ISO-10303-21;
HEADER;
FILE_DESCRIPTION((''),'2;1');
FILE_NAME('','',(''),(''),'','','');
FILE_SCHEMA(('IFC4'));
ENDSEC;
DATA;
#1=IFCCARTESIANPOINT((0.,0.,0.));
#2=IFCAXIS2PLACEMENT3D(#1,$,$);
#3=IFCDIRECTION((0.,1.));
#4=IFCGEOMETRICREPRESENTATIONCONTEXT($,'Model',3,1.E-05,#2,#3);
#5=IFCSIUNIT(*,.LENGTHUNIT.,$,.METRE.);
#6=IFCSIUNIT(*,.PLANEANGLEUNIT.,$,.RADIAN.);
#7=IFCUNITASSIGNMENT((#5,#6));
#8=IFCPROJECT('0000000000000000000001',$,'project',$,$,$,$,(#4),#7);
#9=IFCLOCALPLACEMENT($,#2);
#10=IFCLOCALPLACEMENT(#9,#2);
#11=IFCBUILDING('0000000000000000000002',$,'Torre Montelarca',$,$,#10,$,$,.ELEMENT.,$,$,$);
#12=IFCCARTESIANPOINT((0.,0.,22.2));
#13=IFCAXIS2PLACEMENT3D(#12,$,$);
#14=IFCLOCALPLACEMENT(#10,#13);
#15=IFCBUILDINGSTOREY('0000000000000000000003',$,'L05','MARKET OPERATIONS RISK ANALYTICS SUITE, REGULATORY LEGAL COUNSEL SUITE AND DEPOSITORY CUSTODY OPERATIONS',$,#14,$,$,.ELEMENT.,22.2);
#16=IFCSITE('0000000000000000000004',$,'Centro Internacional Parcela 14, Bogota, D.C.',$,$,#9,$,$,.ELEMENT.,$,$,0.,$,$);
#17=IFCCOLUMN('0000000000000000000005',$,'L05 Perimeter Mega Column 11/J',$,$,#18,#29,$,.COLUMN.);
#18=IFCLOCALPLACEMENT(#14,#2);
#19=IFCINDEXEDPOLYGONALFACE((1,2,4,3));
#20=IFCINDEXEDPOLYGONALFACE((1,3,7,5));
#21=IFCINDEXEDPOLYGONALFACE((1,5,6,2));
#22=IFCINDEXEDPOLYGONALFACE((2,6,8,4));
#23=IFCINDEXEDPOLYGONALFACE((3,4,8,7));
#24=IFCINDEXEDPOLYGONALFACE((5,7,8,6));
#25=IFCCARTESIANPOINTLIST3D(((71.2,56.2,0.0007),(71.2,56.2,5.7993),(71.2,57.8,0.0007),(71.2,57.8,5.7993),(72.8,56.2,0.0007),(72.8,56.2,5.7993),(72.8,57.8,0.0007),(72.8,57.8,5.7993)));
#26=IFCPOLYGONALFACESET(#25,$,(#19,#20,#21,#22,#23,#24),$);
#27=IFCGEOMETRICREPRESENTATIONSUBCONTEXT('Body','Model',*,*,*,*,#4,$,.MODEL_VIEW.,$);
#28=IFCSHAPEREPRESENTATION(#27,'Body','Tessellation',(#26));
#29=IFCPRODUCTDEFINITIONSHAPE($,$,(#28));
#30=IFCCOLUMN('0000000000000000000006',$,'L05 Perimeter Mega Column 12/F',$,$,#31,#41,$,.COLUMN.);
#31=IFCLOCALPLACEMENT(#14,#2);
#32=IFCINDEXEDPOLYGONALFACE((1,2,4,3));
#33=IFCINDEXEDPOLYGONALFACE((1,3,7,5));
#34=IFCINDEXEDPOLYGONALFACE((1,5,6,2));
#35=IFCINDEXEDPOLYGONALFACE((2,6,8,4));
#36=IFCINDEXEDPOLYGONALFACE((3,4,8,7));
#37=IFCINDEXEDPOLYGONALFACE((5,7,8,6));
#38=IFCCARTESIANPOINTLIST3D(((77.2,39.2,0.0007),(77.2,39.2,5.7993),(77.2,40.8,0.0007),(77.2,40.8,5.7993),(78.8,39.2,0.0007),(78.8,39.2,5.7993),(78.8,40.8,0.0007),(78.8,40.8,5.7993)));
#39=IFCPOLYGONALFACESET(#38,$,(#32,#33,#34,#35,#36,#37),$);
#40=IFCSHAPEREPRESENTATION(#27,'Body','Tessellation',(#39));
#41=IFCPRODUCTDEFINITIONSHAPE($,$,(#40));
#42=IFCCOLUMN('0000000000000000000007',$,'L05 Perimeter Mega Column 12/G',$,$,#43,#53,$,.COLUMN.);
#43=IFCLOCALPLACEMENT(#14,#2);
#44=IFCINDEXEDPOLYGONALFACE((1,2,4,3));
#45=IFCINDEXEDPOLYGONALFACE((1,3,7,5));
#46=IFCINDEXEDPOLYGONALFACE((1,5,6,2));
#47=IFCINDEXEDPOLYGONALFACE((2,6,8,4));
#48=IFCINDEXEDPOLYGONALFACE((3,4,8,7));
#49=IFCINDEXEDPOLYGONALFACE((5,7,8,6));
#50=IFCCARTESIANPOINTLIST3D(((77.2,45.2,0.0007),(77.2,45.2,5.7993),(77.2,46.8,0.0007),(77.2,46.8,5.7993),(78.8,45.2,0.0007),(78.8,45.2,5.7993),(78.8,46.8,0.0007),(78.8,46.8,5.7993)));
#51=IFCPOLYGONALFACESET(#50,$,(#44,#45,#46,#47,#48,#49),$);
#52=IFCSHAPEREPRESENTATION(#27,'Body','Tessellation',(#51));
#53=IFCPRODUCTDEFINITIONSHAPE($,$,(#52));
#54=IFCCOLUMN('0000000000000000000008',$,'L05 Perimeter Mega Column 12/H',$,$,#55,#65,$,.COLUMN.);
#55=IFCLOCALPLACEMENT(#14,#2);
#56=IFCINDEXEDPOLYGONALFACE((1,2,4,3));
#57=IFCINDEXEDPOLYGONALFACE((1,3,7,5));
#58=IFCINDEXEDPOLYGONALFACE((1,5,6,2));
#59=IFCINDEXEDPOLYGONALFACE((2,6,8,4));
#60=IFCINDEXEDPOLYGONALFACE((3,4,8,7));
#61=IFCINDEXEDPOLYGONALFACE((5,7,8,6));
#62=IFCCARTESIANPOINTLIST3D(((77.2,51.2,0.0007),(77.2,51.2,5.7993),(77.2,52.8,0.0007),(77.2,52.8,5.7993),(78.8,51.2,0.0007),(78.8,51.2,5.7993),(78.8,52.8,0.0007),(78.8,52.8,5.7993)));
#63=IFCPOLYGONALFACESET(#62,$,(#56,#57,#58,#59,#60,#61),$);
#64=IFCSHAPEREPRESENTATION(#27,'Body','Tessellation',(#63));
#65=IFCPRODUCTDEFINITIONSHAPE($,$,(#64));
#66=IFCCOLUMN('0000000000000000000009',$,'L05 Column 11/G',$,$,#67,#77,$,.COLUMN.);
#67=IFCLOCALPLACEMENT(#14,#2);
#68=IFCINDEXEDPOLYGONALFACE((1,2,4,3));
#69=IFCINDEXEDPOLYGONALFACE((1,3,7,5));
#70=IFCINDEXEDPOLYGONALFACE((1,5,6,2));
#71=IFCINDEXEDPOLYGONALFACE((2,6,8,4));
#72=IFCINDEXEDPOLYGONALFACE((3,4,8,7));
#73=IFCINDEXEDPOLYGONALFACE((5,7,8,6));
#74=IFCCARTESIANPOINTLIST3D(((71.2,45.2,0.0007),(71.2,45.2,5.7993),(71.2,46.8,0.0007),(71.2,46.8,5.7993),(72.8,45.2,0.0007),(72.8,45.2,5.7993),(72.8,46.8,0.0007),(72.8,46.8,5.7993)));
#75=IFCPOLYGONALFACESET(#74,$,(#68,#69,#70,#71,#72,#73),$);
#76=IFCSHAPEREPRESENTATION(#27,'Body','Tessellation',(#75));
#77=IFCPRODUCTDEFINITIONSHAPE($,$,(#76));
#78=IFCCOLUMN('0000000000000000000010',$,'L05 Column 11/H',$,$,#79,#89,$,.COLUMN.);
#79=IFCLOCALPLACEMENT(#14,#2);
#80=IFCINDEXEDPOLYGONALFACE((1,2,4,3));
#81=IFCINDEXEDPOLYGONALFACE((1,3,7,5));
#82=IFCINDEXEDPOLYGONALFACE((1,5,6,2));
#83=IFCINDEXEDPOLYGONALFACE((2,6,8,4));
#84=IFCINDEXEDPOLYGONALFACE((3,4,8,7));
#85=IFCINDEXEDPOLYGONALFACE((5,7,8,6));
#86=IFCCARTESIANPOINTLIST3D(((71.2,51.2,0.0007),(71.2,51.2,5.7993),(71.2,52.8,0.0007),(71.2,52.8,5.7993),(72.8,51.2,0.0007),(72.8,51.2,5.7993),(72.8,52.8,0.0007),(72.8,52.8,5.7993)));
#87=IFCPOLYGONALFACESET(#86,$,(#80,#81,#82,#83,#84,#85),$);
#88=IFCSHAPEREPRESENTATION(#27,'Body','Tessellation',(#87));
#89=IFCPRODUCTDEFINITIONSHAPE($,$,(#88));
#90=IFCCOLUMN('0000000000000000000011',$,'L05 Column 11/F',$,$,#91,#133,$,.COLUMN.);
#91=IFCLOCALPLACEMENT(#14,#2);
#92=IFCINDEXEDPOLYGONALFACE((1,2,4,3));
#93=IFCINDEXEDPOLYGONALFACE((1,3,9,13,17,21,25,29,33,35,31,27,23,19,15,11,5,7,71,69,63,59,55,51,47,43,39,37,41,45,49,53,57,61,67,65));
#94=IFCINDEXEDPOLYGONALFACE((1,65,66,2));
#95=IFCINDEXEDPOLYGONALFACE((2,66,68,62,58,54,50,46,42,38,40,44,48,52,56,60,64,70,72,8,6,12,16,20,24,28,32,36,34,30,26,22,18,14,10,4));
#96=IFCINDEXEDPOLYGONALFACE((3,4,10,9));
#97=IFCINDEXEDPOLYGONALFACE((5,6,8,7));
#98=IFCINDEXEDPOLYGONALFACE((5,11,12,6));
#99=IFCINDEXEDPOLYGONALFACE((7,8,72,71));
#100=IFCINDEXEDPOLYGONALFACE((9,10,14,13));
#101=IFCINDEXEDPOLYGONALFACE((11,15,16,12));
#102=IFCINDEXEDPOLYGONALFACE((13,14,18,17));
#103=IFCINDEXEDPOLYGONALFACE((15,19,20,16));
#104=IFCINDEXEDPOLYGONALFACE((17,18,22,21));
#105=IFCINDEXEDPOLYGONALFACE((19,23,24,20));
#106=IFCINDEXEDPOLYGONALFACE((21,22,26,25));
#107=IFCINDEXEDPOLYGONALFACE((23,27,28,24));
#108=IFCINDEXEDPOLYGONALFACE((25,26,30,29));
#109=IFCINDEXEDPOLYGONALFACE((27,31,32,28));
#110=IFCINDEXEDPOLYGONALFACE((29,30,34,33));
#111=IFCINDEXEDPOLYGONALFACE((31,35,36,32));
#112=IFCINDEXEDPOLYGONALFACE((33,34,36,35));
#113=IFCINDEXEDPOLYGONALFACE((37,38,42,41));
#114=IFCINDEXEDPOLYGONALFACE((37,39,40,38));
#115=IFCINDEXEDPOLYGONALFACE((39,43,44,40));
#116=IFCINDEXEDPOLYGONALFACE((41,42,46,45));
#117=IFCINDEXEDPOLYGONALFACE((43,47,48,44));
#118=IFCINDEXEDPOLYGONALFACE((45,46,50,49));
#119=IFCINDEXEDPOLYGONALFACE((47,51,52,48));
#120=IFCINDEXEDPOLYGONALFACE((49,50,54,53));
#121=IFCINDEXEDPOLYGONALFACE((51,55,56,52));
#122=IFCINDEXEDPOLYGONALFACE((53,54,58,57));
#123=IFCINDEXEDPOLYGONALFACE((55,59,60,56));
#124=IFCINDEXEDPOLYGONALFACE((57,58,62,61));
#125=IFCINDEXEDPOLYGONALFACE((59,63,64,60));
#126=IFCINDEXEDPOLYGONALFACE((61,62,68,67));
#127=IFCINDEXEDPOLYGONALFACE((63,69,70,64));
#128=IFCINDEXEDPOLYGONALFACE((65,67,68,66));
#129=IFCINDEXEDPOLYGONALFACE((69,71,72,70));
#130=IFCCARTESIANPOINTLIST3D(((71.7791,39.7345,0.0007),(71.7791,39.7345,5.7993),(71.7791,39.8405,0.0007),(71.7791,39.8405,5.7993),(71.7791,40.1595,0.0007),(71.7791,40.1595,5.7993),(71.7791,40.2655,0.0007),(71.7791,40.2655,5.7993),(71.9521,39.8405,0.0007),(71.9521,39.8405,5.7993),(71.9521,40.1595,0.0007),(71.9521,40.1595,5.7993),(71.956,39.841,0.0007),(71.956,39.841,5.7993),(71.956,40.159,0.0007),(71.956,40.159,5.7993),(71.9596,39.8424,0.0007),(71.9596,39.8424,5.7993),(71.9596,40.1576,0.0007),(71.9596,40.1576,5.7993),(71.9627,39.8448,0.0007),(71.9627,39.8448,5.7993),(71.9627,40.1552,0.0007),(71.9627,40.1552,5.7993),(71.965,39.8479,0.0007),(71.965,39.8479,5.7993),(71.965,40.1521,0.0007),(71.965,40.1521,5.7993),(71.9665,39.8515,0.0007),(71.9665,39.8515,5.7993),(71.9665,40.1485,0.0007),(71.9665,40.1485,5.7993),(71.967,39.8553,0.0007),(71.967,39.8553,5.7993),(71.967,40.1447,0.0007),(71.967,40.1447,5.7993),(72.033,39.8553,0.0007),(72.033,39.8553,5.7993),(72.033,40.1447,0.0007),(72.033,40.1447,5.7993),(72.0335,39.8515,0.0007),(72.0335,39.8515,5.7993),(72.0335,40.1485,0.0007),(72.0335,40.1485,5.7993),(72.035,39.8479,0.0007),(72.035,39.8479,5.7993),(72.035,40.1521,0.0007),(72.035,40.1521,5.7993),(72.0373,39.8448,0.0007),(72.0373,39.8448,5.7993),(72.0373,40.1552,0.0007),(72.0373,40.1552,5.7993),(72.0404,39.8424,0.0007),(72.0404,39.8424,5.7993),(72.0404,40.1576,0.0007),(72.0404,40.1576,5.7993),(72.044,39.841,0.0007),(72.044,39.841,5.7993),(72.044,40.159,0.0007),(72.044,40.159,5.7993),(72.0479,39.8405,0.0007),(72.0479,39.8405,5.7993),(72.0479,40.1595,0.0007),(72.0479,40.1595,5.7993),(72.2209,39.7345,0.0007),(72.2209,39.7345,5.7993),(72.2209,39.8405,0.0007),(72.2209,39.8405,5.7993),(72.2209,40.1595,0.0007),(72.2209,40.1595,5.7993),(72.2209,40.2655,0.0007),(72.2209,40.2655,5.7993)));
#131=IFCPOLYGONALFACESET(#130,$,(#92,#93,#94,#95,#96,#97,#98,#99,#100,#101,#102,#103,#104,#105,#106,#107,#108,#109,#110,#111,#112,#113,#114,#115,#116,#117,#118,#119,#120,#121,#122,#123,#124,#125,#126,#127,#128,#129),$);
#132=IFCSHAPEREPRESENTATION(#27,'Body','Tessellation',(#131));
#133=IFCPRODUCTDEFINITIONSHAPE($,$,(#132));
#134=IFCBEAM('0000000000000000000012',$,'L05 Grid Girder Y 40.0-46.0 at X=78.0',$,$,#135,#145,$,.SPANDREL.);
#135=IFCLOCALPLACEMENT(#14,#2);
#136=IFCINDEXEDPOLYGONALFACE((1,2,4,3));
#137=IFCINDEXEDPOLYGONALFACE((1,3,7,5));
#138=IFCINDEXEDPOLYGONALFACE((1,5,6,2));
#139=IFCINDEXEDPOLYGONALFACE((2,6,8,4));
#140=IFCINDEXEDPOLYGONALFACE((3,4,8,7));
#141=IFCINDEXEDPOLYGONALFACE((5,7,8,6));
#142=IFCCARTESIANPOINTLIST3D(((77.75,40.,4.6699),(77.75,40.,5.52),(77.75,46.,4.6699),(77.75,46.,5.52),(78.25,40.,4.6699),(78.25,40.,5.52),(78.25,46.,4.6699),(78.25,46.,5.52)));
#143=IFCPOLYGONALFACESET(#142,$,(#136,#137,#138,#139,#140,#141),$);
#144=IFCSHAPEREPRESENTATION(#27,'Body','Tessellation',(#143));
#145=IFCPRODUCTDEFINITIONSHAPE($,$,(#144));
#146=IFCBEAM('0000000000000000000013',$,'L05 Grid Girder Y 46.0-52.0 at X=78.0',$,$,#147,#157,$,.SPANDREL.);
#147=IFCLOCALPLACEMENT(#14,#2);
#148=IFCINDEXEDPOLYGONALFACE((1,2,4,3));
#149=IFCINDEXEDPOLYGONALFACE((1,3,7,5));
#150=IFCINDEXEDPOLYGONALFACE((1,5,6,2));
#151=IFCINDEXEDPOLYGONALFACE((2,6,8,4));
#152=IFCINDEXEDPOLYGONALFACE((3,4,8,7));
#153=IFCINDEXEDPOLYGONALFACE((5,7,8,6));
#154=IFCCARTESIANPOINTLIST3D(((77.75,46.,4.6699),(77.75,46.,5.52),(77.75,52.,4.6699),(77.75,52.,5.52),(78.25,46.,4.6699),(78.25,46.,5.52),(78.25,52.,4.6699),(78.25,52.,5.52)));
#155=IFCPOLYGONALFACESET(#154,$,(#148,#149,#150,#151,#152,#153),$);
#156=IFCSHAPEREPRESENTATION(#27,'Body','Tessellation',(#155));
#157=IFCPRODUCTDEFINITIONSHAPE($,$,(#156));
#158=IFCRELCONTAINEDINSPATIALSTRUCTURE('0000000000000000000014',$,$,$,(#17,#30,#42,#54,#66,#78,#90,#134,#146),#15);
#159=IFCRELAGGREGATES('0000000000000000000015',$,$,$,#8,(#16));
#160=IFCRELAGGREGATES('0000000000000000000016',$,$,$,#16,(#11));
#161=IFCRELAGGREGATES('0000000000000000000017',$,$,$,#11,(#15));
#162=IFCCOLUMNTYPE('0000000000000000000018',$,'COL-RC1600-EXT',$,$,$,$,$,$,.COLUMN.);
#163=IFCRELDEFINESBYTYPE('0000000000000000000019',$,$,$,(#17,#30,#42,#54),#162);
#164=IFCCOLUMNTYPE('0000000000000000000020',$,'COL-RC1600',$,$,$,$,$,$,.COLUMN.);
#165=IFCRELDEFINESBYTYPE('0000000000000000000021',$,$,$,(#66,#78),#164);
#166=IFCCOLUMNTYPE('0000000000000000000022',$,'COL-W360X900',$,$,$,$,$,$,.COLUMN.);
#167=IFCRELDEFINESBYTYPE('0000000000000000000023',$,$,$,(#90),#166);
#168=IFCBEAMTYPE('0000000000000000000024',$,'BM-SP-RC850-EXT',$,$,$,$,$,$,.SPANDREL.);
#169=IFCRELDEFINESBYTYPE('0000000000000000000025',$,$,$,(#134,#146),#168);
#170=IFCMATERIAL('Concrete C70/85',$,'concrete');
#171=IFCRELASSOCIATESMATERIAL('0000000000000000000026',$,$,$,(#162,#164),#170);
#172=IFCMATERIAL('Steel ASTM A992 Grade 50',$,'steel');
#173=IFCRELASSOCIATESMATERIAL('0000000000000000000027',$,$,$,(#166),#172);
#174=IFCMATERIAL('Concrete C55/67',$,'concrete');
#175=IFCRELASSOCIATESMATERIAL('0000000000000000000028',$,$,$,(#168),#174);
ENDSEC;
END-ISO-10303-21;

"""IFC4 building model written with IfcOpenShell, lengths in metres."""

from ifc_helpers import new_model, si_unit, direction, frame, origin, origin_2d, place, context, subcontext, project, spatial, rectangle, i_section, extrude, source, transform, mapped, material, material_profile, profile_set, type_object, element, save


model = new_model("IFC4")

# Units and contexts
model_context = context("Model", 3, precision=1e-05, world=origin(), true_north=direction((0.0, 1.0)))
body_context = subcontext(model_context, "Body", "Model", "MODEL_VIEW")
ifc_project = project(units=[si_unit("LENGTHUNIT", "METRE"), si_unit("PLANEANGLEUNIT", "RADIAN")], contexts=[model_context])

# Site, building, storey
site_placement = place(None, origin())
site = spatial("IfcSite", under=ifc_project, at=site_placement, Name="Centro Internacional Parcela 14, Bogota, D.C.", CompositionType="ELEMENT", RefElevation=0.0)
building_placement = place(site_placement, origin())
building = spatial("IfcBuilding", under=site, at=building_placement, Name="Torre Montelarca", CompositionType="ELEMENT")
storey_placement = place(building_placement, frame((0.0, 0.0, 22.2)))
storey = spatial("IfcBuildingStorey", under=building, at=storey_placement, Name="L05", Description="MARKET OPERATIONS RISK ANALYTICS SUITE, REGULATORY LEGAL COUNSEL SUITE AND DEPOSITORY CUSTODY OPERATIONS", CompositionType="ELEMENT", Elevation=22.2)

# Columns
ifc_material_1 = material(Name="Concrete C70/85", Category="concrete")
ifc_material_profile_1 = material_profile(ifc_material_1, rectangle(XDim=1.6001, YDim=1.6001, at=origin_2d()), Name="RC1600X1600", Category="concrete")
ifc_profile_set_1 = profile_set([ifc_material_profile_1], Name="Concrete C70/85")
column_type_1 = type_object("IfcColumnType", Name="COL-RC1600-EXT", PredefinedType="COLUMN", material=ifc_profile_set_1)
shared_shape_1 = source(origin(), body_context, "Body", "SweptSolid", [
    extrude(rectangle(XDim=1.6001, YDim=1.6001, at=origin_2d()), origin(), (0.0, 0.0, 1.0), 5.7986),
])
for number, where, z_axis, x_axis, name in (
    (1, (72.0, 57.0, 0.0007), (0.0, 0.0, 1.0), (1.0, 0.0, 0.0), "L05 Perimeter Mega Column 11/J"),
    (2, (78.0, 40.0, 0.0007), (0.0, 0.0, 1.0), (1.0, 0.0, 0.0), "L05 Perimeter Mega Column 12/F"),
    (3, (78.0, 46.0, 0.0007), (0.0, 0.0, 1.0), (1.0, 0.0, 0.0), "L05 Perimeter Mega Column 12/G"),
    (4, (78.0, 52.0, 0.0007), (0.0, 0.0, 1.0), (1.0, 0.0, 0.0), "L05 Perimeter Mega Column 12/H"),
):
    element("IfcColumn", number, at=place(storey_placement, frame(where, z_axis=z_axis, x_axis=x_axis)), inside=storey, type_object=column_type_1, Name=name, PredefinedType="COLUMN", context=body_context, shape_type="MappedRepresentation", body=[
        mapped(shared_shape_1, transform((0.0, 0.0, 0.0), scale=1.0)),
    ])
ifc_material_profile_2 = material_profile(ifc_material_1, rectangle(XDim=1.6001, YDim=1.6001, at=origin_2d()), Name="RC1600X1600", Category="concrete")
ifc_profile_set_2 = profile_set([ifc_material_profile_2], Name="Concrete C70/85")
column_type_2 = type_object("IfcColumnType", Name="COL-RC1600", PredefinedType="COLUMN", material=ifc_profile_set_2)
shared_shape_2 = source(origin(), body_context, "Body", "SweptSolid", [
    extrude(rectangle(XDim=1.6001, YDim=1.6001, at=origin_2d()), origin(), (0.0, 0.0, 1.0), 5.7986),
])
for number, where, z_axis, x_axis, name in (
    (5, (72.0, 46.0, 0.0007), (0.0, 0.0, 1.0), (1.0, 0.0, 0.0), "L05 Column 11/G"),
    (6, (72.0, 52.0, 0.0007), (0.0, 0.0, 1.0), (1.0, 0.0, 0.0), "L05 Column 11/H"),
):
    element("IfcColumn", number, at=place(storey_placement, frame(where, z_axis=z_axis, x_axis=x_axis)), inside=storey, type_object=column_type_2, Name=name, PredefinedType="COLUMN", context=body_context, shape_type="MappedRepresentation", body=[
        mapped(shared_shape_2, transform((0.0, 0.0, 0.0), scale=1.0)),
    ])
ifc_material_2 = material(Name="Steel ASTM A992 Grade 50", Category="steel")
ifc_material_profile_3 = material_profile(ifc_material_2, i_section(OverallWidth=0.4419, OverallDepth=0.531, WebThickness=0.0659, FlangeThickness=0.106, FilletRadius=0.0149, at=origin_2d()), Name="W360X900", Category="steel")
ifc_profile_set_3 = profile_set([ifc_material_profile_3], Name="Steel ASTM A992 Grade 50")
column_type_3 = type_object("IfcColumnType", Name="COL-W360X900", PredefinedType="COLUMN", material=ifc_profile_set_3)
shared_shape_3 = source(origin(), body_context, "Body", "SweptSolid", [
    extrude(i_section(OverallWidth=0.4419, OverallDepth=0.531, WebThickness=0.0659, FlangeThickness=0.106, FilletRadius=0.0149, at=origin_2d()), origin(), (0.0, 0.0, 1.0), 5.7986),
])
column_placement = place(storey_placement, frame((72.0, 40.0, 0.0007), z_axis=(0.0, 0.0, 1.0), x_axis=(1.0, 0.0, 0.0)))
element("IfcColumn", 7, at=column_placement, inside=storey, type_object=column_type_3, Name="L05 Column 11/F", PredefinedType="COLUMN", context=body_context, shape_type="MappedRepresentation", body=[
    mapped(shared_shape_3, transform((0.0, 0.0, 0.0), scale=1.0)),
])

# Beams
ifc_material_3 = material(Name="Concrete C55/67", Category="concrete")
ifc_material_profile_4 = material_profile(ifc_material_3, rectangle(XDim=0.5, YDim=0.8501, at=origin_2d()), Name="RCB500X850", Category="concrete")
ifc_profile_set_4 = profile_set([ifc_material_profile_4], Name="Concrete C55/67")
beam_type_1 = type_object("IfcBeamType", Name="BM-SP-RC850-EXT", PredefinedType="SPANDREL", material=ifc_profile_set_4)
shared_shape_4 = source(origin(), body_context, "Body", "SweptSolid", [
    extrude(rectangle(XDim=0.5, YDim=0.8501, at=origin_2d()), origin(), (0.0, 0.0, 1.0), 6.0),
])
for number, where, z_axis, x_axis, name in (
    (8, (78.0, 40.0, 5.095), (0.0, 1.0, 0.0), (-1.0, 0.0, 0.0), "L05 Grid Girder Y 40.0-46.0 at X=78.0"),
    (9, (78.0, 46.0, 5.095), (0.0, 1.0, 0.0), (-1.0, 0.0, 0.0), "L05 Grid Girder Y 46.0-52.0 at X=78.0"),
):
    element("IfcBeam", number, at=place(storey_placement, frame(where, z_axis=z_axis, x_axis=x_axis)), inside=storey, type_object=beam_type_1, Name=name, PredefinedType="SPANDREL", context=body_context, shape_type="MappedRepresentation", body=[
        mapped(shared_shape_4, transform((0.0, 0.0, 0.0), scale=1.0)),
    ])

save(model, "model.ifc")
